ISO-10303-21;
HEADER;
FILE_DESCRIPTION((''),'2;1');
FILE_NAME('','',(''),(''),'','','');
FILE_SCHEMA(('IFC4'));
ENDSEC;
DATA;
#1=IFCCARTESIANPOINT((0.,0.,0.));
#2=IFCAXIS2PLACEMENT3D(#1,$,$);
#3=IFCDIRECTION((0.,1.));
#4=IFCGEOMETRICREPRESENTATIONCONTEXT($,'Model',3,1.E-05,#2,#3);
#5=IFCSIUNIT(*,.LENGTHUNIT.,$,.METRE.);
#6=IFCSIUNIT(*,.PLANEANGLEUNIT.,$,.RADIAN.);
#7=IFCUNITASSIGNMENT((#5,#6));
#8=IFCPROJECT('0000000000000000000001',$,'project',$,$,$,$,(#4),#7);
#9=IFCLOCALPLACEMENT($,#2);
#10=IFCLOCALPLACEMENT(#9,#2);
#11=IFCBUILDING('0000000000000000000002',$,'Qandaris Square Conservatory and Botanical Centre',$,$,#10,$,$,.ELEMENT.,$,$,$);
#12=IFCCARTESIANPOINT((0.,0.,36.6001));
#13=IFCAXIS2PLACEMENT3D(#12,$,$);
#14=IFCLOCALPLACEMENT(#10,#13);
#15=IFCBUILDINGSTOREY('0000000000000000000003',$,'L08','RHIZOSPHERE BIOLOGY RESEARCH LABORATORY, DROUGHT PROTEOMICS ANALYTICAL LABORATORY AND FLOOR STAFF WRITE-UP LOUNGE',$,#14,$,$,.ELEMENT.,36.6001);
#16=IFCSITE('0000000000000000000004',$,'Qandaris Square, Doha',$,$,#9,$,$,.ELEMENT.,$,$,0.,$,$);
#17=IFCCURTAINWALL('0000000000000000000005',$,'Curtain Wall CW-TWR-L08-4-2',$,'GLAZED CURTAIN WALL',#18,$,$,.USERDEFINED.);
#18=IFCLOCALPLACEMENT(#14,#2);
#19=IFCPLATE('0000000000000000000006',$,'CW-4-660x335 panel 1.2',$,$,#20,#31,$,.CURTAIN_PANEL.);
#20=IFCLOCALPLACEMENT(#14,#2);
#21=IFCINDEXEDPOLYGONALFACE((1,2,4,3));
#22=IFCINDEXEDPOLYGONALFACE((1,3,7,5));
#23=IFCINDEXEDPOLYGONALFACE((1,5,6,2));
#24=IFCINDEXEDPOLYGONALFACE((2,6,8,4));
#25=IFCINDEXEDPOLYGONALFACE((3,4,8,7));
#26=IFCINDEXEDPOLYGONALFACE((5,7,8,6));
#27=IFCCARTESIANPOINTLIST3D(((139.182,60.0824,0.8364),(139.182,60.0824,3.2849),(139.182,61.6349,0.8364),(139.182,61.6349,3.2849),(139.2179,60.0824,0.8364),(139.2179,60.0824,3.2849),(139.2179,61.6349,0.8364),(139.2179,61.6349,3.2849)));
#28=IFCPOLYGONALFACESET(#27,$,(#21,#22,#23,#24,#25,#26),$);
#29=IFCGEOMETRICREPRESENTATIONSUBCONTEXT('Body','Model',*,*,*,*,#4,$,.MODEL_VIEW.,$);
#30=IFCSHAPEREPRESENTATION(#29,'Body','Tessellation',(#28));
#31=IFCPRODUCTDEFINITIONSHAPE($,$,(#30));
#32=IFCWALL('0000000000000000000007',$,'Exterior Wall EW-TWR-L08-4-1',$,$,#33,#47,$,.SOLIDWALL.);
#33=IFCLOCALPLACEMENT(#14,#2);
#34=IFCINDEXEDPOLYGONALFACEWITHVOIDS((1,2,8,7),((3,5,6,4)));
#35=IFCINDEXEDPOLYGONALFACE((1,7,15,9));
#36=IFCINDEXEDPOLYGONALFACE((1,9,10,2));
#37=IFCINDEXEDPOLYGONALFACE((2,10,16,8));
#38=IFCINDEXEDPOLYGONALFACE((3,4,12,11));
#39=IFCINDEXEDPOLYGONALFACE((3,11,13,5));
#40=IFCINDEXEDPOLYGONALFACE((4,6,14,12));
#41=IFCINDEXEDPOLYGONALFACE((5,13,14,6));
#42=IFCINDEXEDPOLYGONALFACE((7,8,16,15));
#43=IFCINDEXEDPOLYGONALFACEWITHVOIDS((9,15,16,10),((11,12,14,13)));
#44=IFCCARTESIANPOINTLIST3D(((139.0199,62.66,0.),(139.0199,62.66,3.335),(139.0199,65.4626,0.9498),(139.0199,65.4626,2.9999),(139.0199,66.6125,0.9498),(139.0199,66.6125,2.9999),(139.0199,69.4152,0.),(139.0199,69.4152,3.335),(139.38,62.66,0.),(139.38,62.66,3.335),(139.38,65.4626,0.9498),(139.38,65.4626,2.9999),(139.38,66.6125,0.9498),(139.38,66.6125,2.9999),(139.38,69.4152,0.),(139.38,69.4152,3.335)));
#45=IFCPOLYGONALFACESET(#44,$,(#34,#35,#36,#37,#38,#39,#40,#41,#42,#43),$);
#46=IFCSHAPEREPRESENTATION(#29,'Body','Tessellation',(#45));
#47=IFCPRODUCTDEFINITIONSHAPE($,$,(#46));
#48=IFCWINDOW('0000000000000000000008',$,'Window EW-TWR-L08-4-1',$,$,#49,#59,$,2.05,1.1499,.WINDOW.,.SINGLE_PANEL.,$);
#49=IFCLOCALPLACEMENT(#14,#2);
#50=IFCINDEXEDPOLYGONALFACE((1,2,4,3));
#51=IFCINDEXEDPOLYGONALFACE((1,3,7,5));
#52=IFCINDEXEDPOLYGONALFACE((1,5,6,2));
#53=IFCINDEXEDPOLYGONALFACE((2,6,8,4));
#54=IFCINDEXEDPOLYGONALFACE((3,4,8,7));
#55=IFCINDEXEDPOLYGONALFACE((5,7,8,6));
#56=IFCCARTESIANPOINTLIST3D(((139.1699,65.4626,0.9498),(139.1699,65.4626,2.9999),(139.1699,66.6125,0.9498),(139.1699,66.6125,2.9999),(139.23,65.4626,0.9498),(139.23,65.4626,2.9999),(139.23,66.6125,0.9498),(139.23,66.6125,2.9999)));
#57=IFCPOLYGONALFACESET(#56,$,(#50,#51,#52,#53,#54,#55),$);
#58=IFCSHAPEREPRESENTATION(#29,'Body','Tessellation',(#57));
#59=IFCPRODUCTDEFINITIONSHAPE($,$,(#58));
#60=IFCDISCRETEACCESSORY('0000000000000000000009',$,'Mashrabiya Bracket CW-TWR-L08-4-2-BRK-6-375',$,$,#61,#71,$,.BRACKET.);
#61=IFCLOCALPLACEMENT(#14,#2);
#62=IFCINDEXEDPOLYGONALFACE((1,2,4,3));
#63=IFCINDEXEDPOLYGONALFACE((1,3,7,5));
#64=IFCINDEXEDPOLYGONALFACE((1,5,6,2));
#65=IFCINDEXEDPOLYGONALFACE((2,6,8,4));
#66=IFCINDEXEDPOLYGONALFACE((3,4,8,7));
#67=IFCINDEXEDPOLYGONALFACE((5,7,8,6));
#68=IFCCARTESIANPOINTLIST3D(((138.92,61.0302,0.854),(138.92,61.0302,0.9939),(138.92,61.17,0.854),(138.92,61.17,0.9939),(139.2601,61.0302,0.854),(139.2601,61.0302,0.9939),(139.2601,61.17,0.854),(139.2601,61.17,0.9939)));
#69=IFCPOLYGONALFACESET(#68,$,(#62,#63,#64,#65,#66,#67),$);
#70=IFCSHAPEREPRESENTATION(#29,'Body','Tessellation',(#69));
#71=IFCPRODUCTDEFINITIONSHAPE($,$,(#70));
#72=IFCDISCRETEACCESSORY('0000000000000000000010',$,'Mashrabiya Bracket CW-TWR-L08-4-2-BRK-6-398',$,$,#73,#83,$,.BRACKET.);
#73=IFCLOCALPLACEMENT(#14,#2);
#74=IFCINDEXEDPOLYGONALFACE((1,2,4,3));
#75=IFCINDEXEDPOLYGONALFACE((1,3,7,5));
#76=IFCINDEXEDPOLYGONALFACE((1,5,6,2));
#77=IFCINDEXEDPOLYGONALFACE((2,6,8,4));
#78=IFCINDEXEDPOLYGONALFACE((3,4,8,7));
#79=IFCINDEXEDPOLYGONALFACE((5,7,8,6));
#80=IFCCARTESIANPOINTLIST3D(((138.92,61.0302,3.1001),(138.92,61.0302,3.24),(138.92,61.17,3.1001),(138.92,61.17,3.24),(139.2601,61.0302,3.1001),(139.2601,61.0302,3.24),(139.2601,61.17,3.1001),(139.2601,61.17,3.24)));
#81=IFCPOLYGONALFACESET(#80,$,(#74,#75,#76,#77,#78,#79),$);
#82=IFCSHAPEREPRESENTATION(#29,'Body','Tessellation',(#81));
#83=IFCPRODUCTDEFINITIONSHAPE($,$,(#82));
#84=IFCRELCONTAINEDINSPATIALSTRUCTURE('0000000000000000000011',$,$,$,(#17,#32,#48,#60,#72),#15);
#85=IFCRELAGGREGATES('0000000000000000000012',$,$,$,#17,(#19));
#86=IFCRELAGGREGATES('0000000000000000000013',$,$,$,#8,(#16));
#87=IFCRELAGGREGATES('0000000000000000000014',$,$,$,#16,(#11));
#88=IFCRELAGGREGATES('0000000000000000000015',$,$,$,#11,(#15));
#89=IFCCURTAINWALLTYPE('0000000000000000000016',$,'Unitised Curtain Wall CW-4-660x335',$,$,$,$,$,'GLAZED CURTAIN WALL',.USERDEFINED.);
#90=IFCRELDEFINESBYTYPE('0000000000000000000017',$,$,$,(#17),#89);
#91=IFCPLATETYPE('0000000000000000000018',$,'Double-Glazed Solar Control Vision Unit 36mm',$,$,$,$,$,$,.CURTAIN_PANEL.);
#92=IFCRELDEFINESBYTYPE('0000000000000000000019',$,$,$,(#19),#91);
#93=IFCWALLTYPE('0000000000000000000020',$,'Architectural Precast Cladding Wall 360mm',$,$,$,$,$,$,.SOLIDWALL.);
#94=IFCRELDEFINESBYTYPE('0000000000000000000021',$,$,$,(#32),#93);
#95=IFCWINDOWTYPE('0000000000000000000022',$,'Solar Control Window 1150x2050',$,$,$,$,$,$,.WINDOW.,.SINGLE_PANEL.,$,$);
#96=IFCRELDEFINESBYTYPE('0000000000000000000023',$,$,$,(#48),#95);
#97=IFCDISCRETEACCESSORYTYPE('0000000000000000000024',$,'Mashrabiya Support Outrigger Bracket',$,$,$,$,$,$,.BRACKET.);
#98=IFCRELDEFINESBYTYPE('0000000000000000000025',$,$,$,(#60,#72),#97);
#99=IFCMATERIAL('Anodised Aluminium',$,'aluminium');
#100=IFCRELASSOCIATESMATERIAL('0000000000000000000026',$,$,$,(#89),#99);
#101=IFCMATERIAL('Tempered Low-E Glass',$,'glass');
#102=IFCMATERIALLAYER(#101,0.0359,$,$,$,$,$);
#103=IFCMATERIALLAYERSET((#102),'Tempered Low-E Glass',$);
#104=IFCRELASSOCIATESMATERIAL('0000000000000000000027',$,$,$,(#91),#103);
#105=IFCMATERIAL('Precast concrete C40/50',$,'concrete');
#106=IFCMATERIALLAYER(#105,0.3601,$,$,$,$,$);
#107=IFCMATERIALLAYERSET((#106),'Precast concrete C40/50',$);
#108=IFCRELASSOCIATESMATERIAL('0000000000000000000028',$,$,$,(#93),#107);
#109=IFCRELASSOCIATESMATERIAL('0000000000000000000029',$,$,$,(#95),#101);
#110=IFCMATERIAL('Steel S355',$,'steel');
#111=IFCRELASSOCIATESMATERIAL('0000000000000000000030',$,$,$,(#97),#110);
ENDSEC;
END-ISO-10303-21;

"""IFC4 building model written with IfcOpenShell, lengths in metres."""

from ifc_helpers import new_model, si_unit, direction, frame, frame_2d, origin, origin_2d, place, context, subcontext, project, spatial, rectangle, extrude, material, layer, layer_set, type_object, element, fill, aggregate, save


model = new_model("IFC4")

# Units and contexts
model_context = context("Model", 3, precision=1e-05, world=origin(), true_north=direction((0.0, 1.0)))
body_context = subcontext(model_context, "Body", "Model", "MODEL_VIEW")
ifc_project = project(units=[si_unit("LENGTHUNIT", "METRE"), si_unit("PLANEANGLEUNIT", "RADIAN")], contexts=[model_context])

# Site, building, storey
site_placement = place(None, origin())
site = spatial("IfcSite", under=ifc_project, at=site_placement, Name="Qandaris Square, Doha", CompositionType="ELEMENT", RefElevation=0.0)
building_placement = place(site_placement, origin())
building = spatial("IfcBuilding", under=site, at=building_placement, Name="Qandaris Square Conservatory and Botanical Centre", CompositionType="ELEMENT")
storey_placement = place(building_placement, frame((0.0, 0.0, 36.6001)))
storey = spatial("IfcBuildingStorey", under=building, at=storey_placement, Name="L08", Description="RHIZOSPHERE BIOLOGY RESEARCH LABORATORY, DROUGHT PROTEOMICS ANALYTICAL LABORATORY AND FLOOR STAFF WRITE-UP LOUNGE", CompositionType="ELEMENT", Elevation=36.6001)

# Shared definitions
ifc_material_1 = material(Name="Steel S355", Category="steel")

# Shared definitions
ifc_material_2 = material(Name="Anodised Aluminium", Category="aluminium")

# Curtain wall
curtain_wall_type_1 = type_object("IfcCurtainWallType", Name="Unitised Curtain Wall CW-4-660x335", ElementType="GLAZED CURTAIN WALL", PredefinedType="USERDEFINED", material=ifc_material_2)
curtain_wall_1_placement = place(storey_placement, origin())
curtain_wall_1 = element("IfcCurtainWall", 1, at=curtain_wall_1_placement, inside=storey, type_object=curtain_wall_type_1, Name="Curtain Wall CW-TWR-L08-4-2", ObjectType="GLAZED CURTAIN WALL", PredefinedType="USERDEFINED")

# Plate
ifc_material_3 = material(Name="Tempered Low-E Glass", Category="glass")
ifc_layer_1 = layer(ifc_material_3, 0.0359)
ifc_layer_set_1 = layer_set([ifc_layer_1], Name="Tempered Low-E Glass")
plate_type = type_object("IfcPlateType", Name="Double-Glazed Solar Control Vision Unit 36mm", PredefinedType="CURTAIN_PANEL", material=ifc_layer_set_1)
plate_1_placement = place(storey_placement, frame((139.2, 60.8586, 0.8364), z_axis=(0.0, 0.0, 1.0), x_axis=(0.0, -1.0, 0.0)))
plate_1 = element("IfcPlate", 2, at=plate_1_placement, type_object=plate_type, Name="CW-4-660x335 panel 1.2", PredefinedType="CURTAIN_PANEL", context=body_context, shape_type="SweptSolid", body=[
    extrude(rectangle(XDim=1.5525, YDim=0.0359, at=origin_2d()), origin(), (0.0, 0.0, 1.0), 2.4485),
])
aggregate(curtain_wall_1, [plate_1])

# Wall, opening, window
ifc_material_4 = material(Name="Precast concrete C40/50", Category="concrete")
ifc_layer_2 = layer(ifc_material_4, 0.3601)
ifc_layer_set_2 = layer_set([ifc_layer_2], Name="Precast concrete C40/50")
wall_type = type_object("IfcWallType", Name="Architectural Precast Cladding Wall 360mm", PredefinedType="SOLIDWALL", material=ifc_layer_set_2)
wall_placement = place(storey_placement, frame((139.2, 69.415, 0.0), z_axis=(0.0, 0.0, 1.0), x_axis=(0.0, -1.0, 0.0)))
wall = element("IfcWall", 3, at=wall_placement, inside=storey, type_object=wall_type, Name="Exterior Wall EW-TWR-L08-4-1", PredefinedType="SOLIDWALL", context=body_context, shape_type="SweptSolid", body=[
    extrude(rectangle(XDim=6.7551, YDim=0.3601, at=frame_2d((3.3774, 0.0))), origin(), (0.0, 0.0, 1.0), 3.335),
])
opening_placement = place(wall_placement, frame((2.8025, 0.0, 0.95)))
opening = element("IfcOpeningElement", 4, at=opening_placement, cuts=wall, PredefinedType="OPENING", context=body_context, shape_type="SweptSolid", body=[
    extrude(rectangle(XDim=1.1499, YDim=2.05, at=frame_2d((0.575, 1.0249))), frame((0.0, 0.1919, 0.0), z_axis=(0.0, -1.0, 0.0), x_axis=(1.0, 0.0, 0.0)), (0.0, 0.0, 1.0), 0.384),
])
window_type = type_object("IfcWindowType", Name="Solar Control Window 1150x2050", PartitioningType="SINGLE_PANEL", PredefinedType="WINDOW", material=ifc_material_3)
window_placement = place(opening_placement, origin())
window = element("IfcWindow", 5, at=window_placement, inside=storey, type_object=window_type, Name="Window EW-TWR-L08-4-1", OverallHeight=2.05, OverallWidth=1.1499, PartitioningType="SINGLE_PANEL", PredefinedType="WINDOW", context=body_context, shape_type="SweptSolid", body=[
    extrude(rectangle(XDim=1.1499, YDim=2.05, at=frame_2d((0.575, 1.0249))), frame((0.0, 0.03, 0.0), z_axis=(0.0, -1.0, 0.0), x_axis=(1.0, 0.0, 0.0)), (0.0, 0.0, 1.0), 0.0601),
])
fill(opening, window)

# Discrete accessories
discrete_accessory_type = type_object("IfcDiscreteAccessoryType", Name="Mashrabiya Support Outrigger Bracket", PredefinedType="BRACKET", material=ifc_material_1)
for number, where, z_axis, x_axis, name in (
    (6, (139.0901, 61.1001, 0.854), (0.0, 0.0, 1.0), (0.0, -1.0, 0.0), "Mashrabiya Bracket CW-TWR-L08-4-2-BRK-6-375"),
    (7, (139.0901, 61.1001, 3.1001), (0.0, 0.0, 1.0), (0.0, -1.0, 0.0), "Mashrabiya Bracket CW-TWR-L08-4-2-BRK-6-398"),
):
    element("IfcDiscreteAccessory", number, at=place(storey_placement, frame(where, z_axis=z_axis, x_axis=x_axis)), inside=storey, type_object=discrete_accessory_type, Name=name, PredefinedType="BRACKET", context=body_context, shape_type="SweptSolid", body=[
        extrude(rectangle(XDim=0.1399, YDim=0.3401, at=origin_2d()), origin(), (0.0, 0.0, 1.0), 0.1399),
    ])

save(model, "model.ifc")
